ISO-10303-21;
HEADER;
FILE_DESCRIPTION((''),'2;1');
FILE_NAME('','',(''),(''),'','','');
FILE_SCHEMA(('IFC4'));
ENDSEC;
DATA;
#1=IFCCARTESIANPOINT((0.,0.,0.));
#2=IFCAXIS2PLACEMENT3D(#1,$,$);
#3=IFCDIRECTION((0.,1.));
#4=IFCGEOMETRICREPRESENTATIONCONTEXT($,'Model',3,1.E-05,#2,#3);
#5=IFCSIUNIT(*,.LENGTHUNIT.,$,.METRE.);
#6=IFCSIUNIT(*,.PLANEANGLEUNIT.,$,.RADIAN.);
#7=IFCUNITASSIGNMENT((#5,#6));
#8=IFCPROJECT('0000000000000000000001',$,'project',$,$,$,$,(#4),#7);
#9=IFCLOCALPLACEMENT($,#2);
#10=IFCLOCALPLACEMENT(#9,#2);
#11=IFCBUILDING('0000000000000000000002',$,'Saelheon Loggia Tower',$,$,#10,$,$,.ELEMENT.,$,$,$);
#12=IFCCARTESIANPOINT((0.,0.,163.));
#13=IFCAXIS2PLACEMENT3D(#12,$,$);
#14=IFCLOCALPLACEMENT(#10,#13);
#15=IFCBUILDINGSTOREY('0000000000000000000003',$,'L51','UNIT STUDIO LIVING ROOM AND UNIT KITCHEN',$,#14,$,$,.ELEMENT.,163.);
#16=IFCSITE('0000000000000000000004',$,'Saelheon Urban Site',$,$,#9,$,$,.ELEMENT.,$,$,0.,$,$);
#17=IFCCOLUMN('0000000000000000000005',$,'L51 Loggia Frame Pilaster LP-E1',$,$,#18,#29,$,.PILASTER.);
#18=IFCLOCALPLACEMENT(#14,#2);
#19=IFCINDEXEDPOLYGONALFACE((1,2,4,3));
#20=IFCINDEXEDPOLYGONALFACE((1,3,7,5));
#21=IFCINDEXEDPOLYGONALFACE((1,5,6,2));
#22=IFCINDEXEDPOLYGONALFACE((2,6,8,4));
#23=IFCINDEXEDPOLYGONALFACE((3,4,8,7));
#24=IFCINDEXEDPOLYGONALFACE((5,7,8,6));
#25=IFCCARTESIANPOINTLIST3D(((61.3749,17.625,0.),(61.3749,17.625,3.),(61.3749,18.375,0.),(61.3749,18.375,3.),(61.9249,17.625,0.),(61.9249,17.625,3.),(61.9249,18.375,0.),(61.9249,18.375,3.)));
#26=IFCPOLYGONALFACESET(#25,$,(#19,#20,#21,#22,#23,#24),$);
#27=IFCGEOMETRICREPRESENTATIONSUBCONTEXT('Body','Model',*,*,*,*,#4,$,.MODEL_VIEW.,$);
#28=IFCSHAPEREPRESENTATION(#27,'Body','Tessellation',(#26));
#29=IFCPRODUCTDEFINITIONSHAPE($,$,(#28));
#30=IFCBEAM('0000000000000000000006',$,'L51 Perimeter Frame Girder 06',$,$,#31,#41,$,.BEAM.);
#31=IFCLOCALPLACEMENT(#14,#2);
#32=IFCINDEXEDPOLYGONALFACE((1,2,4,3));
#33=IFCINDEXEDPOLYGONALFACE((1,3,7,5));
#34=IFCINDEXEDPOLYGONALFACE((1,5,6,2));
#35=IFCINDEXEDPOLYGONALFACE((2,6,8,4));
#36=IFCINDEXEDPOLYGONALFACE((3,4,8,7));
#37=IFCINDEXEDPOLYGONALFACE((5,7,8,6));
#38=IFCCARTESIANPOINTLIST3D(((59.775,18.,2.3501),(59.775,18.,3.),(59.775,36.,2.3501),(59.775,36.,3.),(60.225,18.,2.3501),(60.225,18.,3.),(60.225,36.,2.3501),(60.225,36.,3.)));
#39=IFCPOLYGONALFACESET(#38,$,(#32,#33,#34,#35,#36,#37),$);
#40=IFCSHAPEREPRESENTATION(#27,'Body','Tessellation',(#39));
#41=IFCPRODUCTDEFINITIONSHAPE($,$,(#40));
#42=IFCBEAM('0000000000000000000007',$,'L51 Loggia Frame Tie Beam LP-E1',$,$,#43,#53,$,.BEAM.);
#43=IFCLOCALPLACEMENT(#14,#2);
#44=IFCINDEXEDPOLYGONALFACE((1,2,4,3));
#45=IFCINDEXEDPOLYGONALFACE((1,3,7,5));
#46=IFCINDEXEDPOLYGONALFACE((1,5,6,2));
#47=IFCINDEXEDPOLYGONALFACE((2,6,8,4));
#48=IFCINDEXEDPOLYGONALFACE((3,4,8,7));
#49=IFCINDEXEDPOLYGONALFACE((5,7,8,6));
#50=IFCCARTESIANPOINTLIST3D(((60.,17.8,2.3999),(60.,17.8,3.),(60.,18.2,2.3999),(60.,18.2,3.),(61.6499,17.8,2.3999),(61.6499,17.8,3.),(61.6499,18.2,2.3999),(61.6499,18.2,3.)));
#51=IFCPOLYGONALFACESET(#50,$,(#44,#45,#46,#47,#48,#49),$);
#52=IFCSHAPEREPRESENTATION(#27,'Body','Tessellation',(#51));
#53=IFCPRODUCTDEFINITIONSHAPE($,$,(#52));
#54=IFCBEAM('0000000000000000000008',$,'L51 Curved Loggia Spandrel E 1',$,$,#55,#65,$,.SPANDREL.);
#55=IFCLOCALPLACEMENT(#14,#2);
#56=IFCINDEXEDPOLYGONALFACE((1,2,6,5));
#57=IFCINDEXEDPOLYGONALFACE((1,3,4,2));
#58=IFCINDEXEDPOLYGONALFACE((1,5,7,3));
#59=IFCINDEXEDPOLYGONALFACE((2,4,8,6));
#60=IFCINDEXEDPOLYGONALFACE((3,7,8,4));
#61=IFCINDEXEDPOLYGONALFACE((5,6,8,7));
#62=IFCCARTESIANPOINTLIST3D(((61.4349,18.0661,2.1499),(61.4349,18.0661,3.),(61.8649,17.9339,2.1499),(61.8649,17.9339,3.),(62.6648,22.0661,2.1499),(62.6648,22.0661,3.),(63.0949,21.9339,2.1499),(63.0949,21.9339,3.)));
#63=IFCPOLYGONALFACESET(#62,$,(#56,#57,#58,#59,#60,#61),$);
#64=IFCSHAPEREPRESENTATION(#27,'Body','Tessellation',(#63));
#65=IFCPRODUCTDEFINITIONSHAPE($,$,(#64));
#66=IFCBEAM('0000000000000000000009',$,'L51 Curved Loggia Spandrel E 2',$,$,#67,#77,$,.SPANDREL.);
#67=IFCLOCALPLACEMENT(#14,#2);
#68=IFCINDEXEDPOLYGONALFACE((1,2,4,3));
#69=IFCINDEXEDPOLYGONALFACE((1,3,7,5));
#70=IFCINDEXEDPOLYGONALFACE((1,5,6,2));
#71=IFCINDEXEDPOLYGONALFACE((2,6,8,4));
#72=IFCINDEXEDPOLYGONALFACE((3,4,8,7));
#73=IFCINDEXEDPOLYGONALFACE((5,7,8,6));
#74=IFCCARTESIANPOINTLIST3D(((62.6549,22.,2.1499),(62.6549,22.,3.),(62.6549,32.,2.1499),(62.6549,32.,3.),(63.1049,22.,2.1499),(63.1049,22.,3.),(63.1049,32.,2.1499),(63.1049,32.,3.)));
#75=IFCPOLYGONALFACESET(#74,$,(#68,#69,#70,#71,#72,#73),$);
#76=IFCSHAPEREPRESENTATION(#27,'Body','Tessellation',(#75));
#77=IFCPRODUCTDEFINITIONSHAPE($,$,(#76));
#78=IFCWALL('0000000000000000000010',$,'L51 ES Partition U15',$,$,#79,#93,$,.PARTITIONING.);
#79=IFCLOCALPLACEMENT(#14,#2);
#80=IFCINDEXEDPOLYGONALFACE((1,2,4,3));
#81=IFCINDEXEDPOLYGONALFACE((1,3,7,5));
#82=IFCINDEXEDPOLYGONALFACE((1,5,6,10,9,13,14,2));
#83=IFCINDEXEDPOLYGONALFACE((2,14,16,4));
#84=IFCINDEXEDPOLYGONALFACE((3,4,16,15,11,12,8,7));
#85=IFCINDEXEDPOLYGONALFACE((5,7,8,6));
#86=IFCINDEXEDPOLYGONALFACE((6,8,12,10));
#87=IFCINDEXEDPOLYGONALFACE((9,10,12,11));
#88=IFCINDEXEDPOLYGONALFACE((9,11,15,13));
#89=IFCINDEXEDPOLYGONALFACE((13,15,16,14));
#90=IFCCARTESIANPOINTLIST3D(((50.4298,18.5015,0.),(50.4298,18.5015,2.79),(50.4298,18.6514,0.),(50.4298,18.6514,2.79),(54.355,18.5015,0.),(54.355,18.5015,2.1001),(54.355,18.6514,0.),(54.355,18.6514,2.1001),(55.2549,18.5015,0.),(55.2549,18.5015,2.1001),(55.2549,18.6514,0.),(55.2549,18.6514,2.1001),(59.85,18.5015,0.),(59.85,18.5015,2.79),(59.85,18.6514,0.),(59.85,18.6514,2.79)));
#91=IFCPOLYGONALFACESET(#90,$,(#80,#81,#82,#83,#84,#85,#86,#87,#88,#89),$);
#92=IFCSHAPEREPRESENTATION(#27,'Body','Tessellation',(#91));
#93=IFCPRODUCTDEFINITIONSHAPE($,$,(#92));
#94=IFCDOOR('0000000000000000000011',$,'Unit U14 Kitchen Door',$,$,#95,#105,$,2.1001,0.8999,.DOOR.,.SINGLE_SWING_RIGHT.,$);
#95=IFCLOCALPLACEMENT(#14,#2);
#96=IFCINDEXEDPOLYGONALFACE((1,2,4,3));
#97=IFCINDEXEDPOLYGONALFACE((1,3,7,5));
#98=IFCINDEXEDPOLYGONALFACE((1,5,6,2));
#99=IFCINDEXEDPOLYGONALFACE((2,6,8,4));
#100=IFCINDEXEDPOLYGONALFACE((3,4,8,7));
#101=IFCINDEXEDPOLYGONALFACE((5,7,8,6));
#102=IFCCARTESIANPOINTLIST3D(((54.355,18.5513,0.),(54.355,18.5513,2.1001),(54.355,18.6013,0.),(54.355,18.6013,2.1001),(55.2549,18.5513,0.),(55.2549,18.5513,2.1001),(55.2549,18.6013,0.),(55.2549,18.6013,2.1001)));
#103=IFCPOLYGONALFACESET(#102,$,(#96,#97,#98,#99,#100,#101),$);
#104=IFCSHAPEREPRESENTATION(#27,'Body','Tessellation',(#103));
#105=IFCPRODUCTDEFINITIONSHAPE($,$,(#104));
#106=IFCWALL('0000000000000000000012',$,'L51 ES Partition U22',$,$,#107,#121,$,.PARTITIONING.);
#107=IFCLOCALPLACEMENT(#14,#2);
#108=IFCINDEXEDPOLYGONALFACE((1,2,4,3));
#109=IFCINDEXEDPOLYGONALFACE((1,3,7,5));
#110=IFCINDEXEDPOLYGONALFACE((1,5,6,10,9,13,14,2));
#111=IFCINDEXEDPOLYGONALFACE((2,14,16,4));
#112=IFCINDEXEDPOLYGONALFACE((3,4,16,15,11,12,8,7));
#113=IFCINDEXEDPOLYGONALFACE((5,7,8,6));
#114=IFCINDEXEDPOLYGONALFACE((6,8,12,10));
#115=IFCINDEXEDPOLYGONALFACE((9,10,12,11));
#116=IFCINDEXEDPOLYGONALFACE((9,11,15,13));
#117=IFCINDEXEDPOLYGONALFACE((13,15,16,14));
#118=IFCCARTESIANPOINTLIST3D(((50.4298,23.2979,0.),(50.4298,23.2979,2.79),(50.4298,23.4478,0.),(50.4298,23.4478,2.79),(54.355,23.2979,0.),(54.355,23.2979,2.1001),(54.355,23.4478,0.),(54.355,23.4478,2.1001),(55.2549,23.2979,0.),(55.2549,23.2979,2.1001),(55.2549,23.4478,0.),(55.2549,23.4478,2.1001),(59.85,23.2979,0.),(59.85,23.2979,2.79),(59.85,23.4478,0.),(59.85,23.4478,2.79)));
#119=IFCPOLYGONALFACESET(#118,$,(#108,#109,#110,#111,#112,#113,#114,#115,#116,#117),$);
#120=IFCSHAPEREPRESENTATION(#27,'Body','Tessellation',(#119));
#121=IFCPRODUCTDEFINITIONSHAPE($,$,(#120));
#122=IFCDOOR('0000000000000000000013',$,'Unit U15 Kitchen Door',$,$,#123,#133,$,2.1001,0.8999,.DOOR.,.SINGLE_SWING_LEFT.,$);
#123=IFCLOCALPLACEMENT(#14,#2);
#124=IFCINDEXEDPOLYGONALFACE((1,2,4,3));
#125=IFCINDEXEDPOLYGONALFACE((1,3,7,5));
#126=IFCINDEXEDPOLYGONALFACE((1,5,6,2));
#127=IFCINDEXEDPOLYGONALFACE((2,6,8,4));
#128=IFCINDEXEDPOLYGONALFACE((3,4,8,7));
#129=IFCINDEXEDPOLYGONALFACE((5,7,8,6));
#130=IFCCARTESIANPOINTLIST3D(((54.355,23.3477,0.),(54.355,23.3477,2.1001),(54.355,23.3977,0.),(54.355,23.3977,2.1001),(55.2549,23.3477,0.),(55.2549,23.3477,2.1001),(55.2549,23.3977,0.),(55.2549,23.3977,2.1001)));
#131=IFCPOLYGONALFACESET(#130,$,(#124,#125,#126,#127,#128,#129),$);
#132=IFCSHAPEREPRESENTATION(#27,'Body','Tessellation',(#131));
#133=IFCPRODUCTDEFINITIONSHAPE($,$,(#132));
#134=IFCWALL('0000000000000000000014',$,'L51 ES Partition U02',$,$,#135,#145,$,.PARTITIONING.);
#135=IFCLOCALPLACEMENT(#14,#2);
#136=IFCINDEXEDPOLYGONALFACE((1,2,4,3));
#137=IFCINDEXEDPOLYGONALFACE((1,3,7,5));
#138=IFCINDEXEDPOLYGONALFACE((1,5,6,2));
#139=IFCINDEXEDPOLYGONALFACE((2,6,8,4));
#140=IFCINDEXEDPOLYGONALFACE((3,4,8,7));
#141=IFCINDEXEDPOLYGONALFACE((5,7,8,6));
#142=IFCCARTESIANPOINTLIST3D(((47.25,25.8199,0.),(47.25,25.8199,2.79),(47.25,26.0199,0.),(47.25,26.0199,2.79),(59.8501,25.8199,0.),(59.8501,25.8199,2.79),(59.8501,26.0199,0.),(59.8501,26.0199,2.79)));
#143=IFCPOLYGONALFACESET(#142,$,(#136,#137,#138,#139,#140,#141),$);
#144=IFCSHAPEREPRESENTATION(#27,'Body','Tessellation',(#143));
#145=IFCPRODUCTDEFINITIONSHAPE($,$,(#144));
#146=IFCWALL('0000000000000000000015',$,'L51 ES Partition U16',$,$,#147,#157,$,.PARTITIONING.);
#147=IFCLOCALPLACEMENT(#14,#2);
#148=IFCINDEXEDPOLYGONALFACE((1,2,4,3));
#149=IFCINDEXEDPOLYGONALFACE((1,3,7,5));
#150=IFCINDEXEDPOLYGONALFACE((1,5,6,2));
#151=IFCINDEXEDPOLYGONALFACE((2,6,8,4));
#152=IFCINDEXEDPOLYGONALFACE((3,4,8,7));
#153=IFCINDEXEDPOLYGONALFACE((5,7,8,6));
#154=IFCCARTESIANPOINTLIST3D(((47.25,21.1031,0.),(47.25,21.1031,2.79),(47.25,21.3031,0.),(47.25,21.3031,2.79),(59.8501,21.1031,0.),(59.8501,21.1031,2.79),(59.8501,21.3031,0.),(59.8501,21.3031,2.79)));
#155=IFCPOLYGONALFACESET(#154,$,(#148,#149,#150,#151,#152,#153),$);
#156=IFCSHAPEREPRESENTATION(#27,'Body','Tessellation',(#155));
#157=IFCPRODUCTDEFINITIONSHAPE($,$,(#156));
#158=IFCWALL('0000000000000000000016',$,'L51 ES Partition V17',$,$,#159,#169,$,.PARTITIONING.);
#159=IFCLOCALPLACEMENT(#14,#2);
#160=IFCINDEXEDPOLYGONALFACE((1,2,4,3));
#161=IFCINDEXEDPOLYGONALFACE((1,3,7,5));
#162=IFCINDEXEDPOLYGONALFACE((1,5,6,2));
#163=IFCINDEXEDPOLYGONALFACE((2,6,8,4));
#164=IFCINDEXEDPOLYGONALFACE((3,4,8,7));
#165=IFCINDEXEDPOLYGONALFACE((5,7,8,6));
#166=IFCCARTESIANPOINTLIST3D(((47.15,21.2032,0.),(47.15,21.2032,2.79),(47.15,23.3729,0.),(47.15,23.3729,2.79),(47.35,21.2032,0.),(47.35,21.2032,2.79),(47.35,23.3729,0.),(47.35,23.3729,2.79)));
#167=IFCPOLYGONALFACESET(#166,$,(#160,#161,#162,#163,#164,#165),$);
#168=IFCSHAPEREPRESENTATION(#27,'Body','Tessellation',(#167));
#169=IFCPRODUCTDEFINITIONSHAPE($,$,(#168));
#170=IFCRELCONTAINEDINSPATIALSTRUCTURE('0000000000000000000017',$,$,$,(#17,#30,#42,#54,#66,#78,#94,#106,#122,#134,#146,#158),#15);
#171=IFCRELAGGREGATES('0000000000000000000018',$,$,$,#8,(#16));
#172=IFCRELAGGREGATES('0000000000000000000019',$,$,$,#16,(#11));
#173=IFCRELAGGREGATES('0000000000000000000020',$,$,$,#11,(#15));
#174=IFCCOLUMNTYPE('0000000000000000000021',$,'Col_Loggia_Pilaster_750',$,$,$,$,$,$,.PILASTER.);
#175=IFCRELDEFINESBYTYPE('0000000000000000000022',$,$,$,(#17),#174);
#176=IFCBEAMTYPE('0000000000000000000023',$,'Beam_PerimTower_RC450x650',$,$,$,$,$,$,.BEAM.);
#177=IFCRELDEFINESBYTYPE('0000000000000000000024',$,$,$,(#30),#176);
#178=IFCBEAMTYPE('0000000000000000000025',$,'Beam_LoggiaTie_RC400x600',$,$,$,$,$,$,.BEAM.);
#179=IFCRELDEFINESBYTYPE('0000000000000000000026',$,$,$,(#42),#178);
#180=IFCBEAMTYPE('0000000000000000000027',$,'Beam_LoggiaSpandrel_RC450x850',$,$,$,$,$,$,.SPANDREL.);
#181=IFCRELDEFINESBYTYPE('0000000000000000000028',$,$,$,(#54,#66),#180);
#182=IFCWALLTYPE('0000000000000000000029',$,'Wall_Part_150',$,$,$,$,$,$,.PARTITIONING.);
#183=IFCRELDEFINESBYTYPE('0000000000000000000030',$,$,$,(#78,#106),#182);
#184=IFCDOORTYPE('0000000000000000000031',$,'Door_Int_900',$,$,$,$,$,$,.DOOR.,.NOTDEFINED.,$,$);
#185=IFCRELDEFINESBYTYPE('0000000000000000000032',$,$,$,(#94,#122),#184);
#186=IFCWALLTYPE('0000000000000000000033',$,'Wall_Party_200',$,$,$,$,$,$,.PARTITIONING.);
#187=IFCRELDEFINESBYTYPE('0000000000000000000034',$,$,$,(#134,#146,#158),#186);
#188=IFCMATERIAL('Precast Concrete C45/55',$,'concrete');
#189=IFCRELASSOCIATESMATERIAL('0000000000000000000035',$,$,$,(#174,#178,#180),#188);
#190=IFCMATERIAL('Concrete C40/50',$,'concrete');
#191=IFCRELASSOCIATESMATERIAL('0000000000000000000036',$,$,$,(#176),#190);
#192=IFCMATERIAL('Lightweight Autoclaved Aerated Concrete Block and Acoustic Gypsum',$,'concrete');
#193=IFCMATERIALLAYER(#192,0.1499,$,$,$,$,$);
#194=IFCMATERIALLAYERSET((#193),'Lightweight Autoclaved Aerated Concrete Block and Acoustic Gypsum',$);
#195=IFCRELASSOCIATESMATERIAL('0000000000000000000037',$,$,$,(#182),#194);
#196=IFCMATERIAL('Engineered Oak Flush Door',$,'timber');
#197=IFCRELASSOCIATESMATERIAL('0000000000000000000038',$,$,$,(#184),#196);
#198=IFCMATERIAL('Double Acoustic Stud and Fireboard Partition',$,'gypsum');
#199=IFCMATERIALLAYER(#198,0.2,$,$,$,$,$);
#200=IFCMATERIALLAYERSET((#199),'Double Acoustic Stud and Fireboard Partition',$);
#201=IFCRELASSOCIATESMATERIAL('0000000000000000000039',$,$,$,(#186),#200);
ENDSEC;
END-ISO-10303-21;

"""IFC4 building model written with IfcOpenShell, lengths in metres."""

from ifc_helpers import new_model, si_unit, direction, frame, frame_2d, origin, origin_2d, place, context, subcontext, project, spatial, rectangle, extrude, source, transform, mapped, material, layer, layer_set, material_profile, profile_set, type_object, element, fill, save


model = new_model("IFC4")

# Units and contexts
model_context = context("Model", 3, precision=1e-05, world=origin(), true_north=direction((0.0, 1.0)))
body_context = subcontext(model_context, "Body", "Model", "MODEL_VIEW")
ifc_project = project(units=[si_unit("LENGTHUNIT", "METRE"), si_unit("PLANEANGLEUNIT", "RADIAN")], contexts=[model_context])

# Site, building, storey
site_placement = place(None, origin())
site = spatial("IfcSite", under=ifc_project, at=site_placement, Name="Saelheon Urban Site", CompositionType="ELEMENT", RefElevation=0.0)
building_placement = place(site_placement, origin())
building = spatial("IfcBuilding", under=site, at=building_placement, Name="Saelheon Loggia Tower", CompositionType="ELEMENT")
storey_placement = place(building_placement, frame((0.0, 0.0, 163.0)))
storey = spatial("IfcBuildingStorey", under=building, at=storey_placement, Name="L51", Description="UNIT STUDIO LIVING ROOM AND UNIT KITCHEN", CompositionType="ELEMENT", Elevation=163.0)

# Column
ifc_material_1 = material(Name="Precast Concrete C45/55", Category="concrete")
ifc_material_profile_1 = material_profile(ifc_material_1, rectangle(XDim=0.55, YDim=0.75, at=origin_2d()), Name="RC-550x750")
ifc_profile_set_1 = profile_set([ifc_material_profile_1], Name="Precast Concrete C45/55")
column_type = type_object("IfcColumnType", Name="Col_Loggia_Pilaster_750", PredefinedType="PILASTER", material=ifc_profile_set_1)
shared_shape_1 = source(origin(), body_context, "Body", "SweptSolid", [
    extrude(rectangle(XDim=0.55, YDim=0.75, at=origin_2d()), origin(), (0.0, 0.0, 1.0), 3.0),
])
column_placement = place(storey_placement, frame((61.6499, 18.0, 0.0), z_axis=(0.0, 0.0, 1.0), x_axis=(1.0, 0.0, 0.0)))
element("IfcColumn", 1, at=column_placement, inside=storey, type_object=column_type, Name="L51 Loggia Frame Pilaster LP-E1", PredefinedType="PILASTER", context=body_context, shape_type="MappedRepresentation", body=[
    mapped(shared_shape_1, transform((0.0, 0.0, 0.0), scale=1.0)),
])

# Beams
ifc_material_2 = material(Name="Concrete C40/50", Category="concrete")
ifc_material_profile_2 = material_profile(ifc_material_2, rectangle(XDim=0.45, YDim=0.6499, at=origin_2d()), Name="RC-450x650")
ifc_profile_set_2 = profile_set([ifc_material_profile_2], Name="Concrete C40/50")
beam_type_1 = type_object("IfcBeamType", Name="Beam_PerimTower_RC450x650", PredefinedType="BEAM", material=ifc_profile_set_2)
shared_shape_2 = source(origin(), body_context, "Body", "SweptSolid", [
    extrude(rectangle(XDim=0.45, YDim=0.6499, at=origin_2d()), origin(), (0.0, 0.0, 1.0), 18.0),
])
beam_1_placement = place(storey_placement, frame((60.0, 18.0, 2.675), z_axis=(0.0, 1.0, 0.0), x_axis=(-1.0, 0.0, 0.0)))
element("IfcBeam", 2, at=beam_1_placement, inside=storey, type_object=beam_type_1, Name="L51 Perimeter Frame Girder 06", PredefinedType="BEAM", context=body_context, shape_type="MappedRepresentation", body=[
    mapped(shared_shape_2, transform((0.0, 0.0, 0.0), scale=1.0)),
])
ifc_material_profile_3 = material_profile(ifc_material_1, rectangle(XDim=0.3999, YDim=0.6001, at=origin_2d()), Name="RC-400x600")
ifc_profile_set_3 = profile_set([ifc_material_profile_3], Name="Precast Concrete C45/55")
beam_type_2 = type_object("IfcBeamType", Name="Beam_LoggiaTie_RC400x600", PredefinedType="BEAM", material=ifc_profile_set_3)
shared_shape_3 = source(origin(), body_context, "Body", "SweptSolid", [
    extrude(rectangle(XDim=0.3999, YDim=0.6001, at=origin_2d()), origin(), (0.0, 0.0, 1.0), 1.6499),
])
beam_2_placement = place(storey_placement, frame((60.0, 18.0, 2.7), z_axis=(1.0, 0.0, 0.0), x_axis=(0.0, 1.0, 0.0)))
element("IfcBeam", 3, at=beam_2_placement, inside=storey, type_object=beam_type_2, Name="L51 Loggia Frame Tie Beam LP-E1", PredefinedType="BEAM", context=body_context, shape_type="MappedRepresentation", body=[
    mapped(shared_shape_3, transform((0.0, 0.0, 0.0), scale=1.0)),
])
ifc_material_profile_4 = material_profile(ifc_material_1, rectangle(XDim=0.45, YDim=0.8501, at=origin_2d()), Name="RC-450x850")
ifc_profile_set_4 = profile_set([ifc_material_profile_4], Name="Precast Concrete C45/55")
beam_type_3 = type_object("IfcBeamType", Name="Beam_LoggiaSpandrel_RC450x850", PredefinedType="SPANDREL", material=ifc_profile_set_4)
shared_shape_4 = source(origin(), body_context, "Body", "SweptSolid", [
    extrude(rectangle(XDim=0.45, YDim=0.8501, at=origin_2d()), origin(), (0.0, 0.0, 1.0), 4.1848),
])
beam_3_placement = place(storey_placement, frame((61.6499, 18.0, 2.575), z_axis=(0.293914, 0.955832, 0.0), x_axis=(-0.955832, 0.293914, 0.0)))
element("IfcBeam", 4, at=beam_3_placement, inside=storey, type_object=beam_type_3, Name="L51 Curved Loggia Spandrel E 1", PredefinedType="SPANDREL", context=body_context, shape_type="MappedRepresentation", body=[
    mapped(shared_shape_4, transform((0.0, 0.0, 0.0), scale=1.0)),
])
shared_shape_5 = source(origin(), body_context, "Body", "SweptSolid", [
    extrude(rectangle(XDim=0.45, YDim=0.8501, at=origin_2d()), origin(), (0.0, 0.0, 1.0), 10.0),
])
beam_4_placement = place(storey_placement, frame((62.8799, 22.0, 2.575), z_axis=(0.0, 1.0, 0.0), x_axis=(-1.0, 0.0, 0.0)))
element("IfcBeam", 5, at=beam_4_placement, inside=storey, type_object=beam_type_3, Name="L51 Curved Loggia Spandrel E 2", PredefinedType="SPANDREL", context=body_context, shape_type="MappedRepresentation", body=[
    mapped(shared_shape_5, transform((0.0, 0.0, 0.0), scale=1.0)),
])

# Walls, openings, doors
ifc_material_3 = material(Name="Lightweight Autoclaved Aerated Concrete Block and Acoustic Gypsum", Category="concrete")
ifc_layer_1 = layer(ifc_material_3, 0.1499)
ifc_layer_set_1 = layer_set([ifc_layer_1], Name="Lightweight Autoclaved Aerated Concrete Block and Acoustic Gypsum")
wall_type_1 = type_object("IfcWallType", Name="Wall_Part_150", PredefinedType="PARTITIONING", material=ifc_layer_set_1)
wall_1_placement = place(storey_placement, frame((50.4299, 18.5764, 0.0), z_axis=(0.0, 0.0, 1.0), x_axis=(1.0, 0.0, 0.0)))
wall_1 = element("IfcWall", 6, at=wall_1_placement, inside=storey, type_object=wall_type_1, Name="L51 ES Partition U15", PredefinedType="PARTITIONING", context=body_context, shape_type="SweptSolid", body=[
    extrude(rectangle(XDim=9.4202, YDim=0.1499, at=frame_2d((4.71, 0.0))), origin(), (0.0, 0.0, 1.0), 2.79),
])
opening_1_placement = place(wall_1_placement, frame((3.925, 0.0, 0.0)))
opening_1 = element("IfcOpeningElement", 7, at=opening_1_placement, cuts=wall_1, PredefinedType="OPENING", context=body_context, shape_type="SweptSolid", body=[
    extrude(rectangle(XDim=0.8999, YDim=2.1001, at=frame_2d((0.45, 1.05))), frame((0.0, 0.0869, 0.0), z_axis=(0.0, -1.0, 0.0), x_axis=(1.0, 0.0, 0.0)), (0.0, 0.0, 1.0), 0.1738),
])
ifc_material_4 = material(Name="Engineered Oak Flush Door", Category="timber")
door_type_1 = type_object("IfcDoorType", Name="Door_Int_900", OperationType="NOTDEFINED", PredefinedType="DOOR", material=ifc_material_4)
shared_shape_6 = source(origin(), body_context, "Body", "SweptSolid", [
    extrude(rectangle(XDim=0.8999, YDim=2.1001, at=frame_2d((0.45, 1.05))), frame((0.0, 0.0249, 0.0), z_axis=(0.0, -1.0, 0.0), x_axis=(1.0, 0.0, 0.0)), (0.0, 0.0, 1.0), 0.05),
])
door_1_placement = place(opening_1_placement, origin())
door_1 = element("IfcDoor", 8, at=door_1_placement, inside=storey, type_object=door_type_1, Name="Unit U14 Kitchen Door", OperationType="SINGLE_SWING_RIGHT", OverallHeight=2.1001, OverallWidth=0.8999, PredefinedType="DOOR", context=body_context, shape_type="MappedRepresentation", body=[
    mapped(shared_shape_6, transform((0.0, 0.0, 0.0), scale=1.0)),
])
fill(opening_1, door_1)
wall_2_placement = place(storey_placement, frame((50.4299, 23.3728, 0.0), z_axis=(0.0, 0.0, 1.0), x_axis=(1.0, 0.0, 0.0)))
wall_2 = element("IfcWall", 9, at=wall_2_placement, inside=storey, type_object=wall_type_1, Name="L51 ES Partition U22", PredefinedType="PARTITIONING", context=body_context, shape_type="SweptSolid", body=[
    extrude(rectangle(XDim=9.4202, YDim=0.1499, at=frame_2d((4.71, 0.0))), origin(), (0.0, 0.0, 1.0), 2.79),
])
opening_2_placement = place(wall_2_placement, frame((3.925, 0.0, 0.0)))
opening_2 = element("IfcOpeningElement", 10, at=opening_2_placement, cuts=wall_2, PredefinedType="OPENING", context=body_context, shape_type="SweptSolid", body=[
    extrude(rectangle(XDim=0.8999, YDim=2.1001, at=frame_2d((0.45, 1.05))), frame((0.0, 0.0869, 0.0), z_axis=(0.0, -1.0, 0.0), x_axis=(1.0, 0.0, 0.0)), (0.0, 0.0, 1.0), 0.1738),
])
door_2_placement = place(opening_2_placement, origin())
door_2 = element("IfcDoor", 11, at=door_2_placement, inside=storey, type_object=door_type_1, Name="Unit U15 Kitchen Door", OperationType="SINGLE_SWING_LEFT", OverallHeight=2.1001, OverallWidth=0.8999, PredefinedType="DOOR", context=body_context, shape_type="MappedRepresentation", body=[
    mapped(shared_shape_6, transform((0.0, 0.0, 0.0), scale=1.0)),
])
fill(opening_2, door_2)

# Wall
ifc_material_5 = material(Name="Double Acoustic Stud and Fireboard Partition", Category="gypsum")
ifc_layer_2 = layer(ifc_material_5, 0.2)
ifc_layer_set_2 = layer_set([ifc_layer_2], Name="Double Acoustic Stud and Fireboard Partition")
wall_type_2 = type_object("IfcWallType", Name="Wall_Party_200", PredefinedType="PARTITIONING", material=ifc_layer_set_2)
wall_3_placement = place(storey_placement, frame((47.25, 25.9199, 0.0), z_axis=(0.0, 0.0, 1.0), x_axis=(1.0, 0.0, 0.0)))
element("IfcWall", 12, at=wall_3_placement, inside=storey, type_object=wall_type_2, Name="L51 ES Partition U02", PredefinedType="PARTITIONING", context=body_context, shape_type="SweptSolid", body=[
    extrude(rectangle(XDim=12.6001, YDim=0.2, at=frame_2d((6.3, 0.0))), origin(), (0.0, 0.0, 1.0), 2.79),
])

# Walls
wall_4_placement = place(storey_placement, frame((47.25, 21.2031, 0.0), z_axis=(0.0, 0.0, 1.0), x_axis=(1.0, 0.0, 0.0)))
element("IfcWall", 13, at=wall_4_placement, inside=storey, type_object=wall_type_2, Name="L51 ES Partition U16", PredefinedType="PARTITIONING", context=body_context, shape_type="SweptSolid", body=[
    extrude(rectangle(XDim=12.6001, YDim=0.2, at=frame_2d((6.3, 0.0))), origin(), (0.0, 0.0, 1.0), 2.79),
])
wall_5_placement = place(storey_placement, frame((47.25, 21.2031, 0.0), z_axis=(0.0, 0.0, 1.0), x_axis=(0.0, 1.0, 0.0)))
element("IfcWall", 14, at=wall_5_placement, inside=storey, type_object=wall_type_2, Name="L51 ES Partition V17", PredefinedType="PARTITIONING", context=body_context, shape_type="SweptSolid", body=[
    extrude(rectangle(XDim=2.1697, YDim=0.2, at=frame_2d((1.085, 0.0))), origin(), (0.0, 0.0, 1.0), 2.79),
])

save(model, "model.ifc")
